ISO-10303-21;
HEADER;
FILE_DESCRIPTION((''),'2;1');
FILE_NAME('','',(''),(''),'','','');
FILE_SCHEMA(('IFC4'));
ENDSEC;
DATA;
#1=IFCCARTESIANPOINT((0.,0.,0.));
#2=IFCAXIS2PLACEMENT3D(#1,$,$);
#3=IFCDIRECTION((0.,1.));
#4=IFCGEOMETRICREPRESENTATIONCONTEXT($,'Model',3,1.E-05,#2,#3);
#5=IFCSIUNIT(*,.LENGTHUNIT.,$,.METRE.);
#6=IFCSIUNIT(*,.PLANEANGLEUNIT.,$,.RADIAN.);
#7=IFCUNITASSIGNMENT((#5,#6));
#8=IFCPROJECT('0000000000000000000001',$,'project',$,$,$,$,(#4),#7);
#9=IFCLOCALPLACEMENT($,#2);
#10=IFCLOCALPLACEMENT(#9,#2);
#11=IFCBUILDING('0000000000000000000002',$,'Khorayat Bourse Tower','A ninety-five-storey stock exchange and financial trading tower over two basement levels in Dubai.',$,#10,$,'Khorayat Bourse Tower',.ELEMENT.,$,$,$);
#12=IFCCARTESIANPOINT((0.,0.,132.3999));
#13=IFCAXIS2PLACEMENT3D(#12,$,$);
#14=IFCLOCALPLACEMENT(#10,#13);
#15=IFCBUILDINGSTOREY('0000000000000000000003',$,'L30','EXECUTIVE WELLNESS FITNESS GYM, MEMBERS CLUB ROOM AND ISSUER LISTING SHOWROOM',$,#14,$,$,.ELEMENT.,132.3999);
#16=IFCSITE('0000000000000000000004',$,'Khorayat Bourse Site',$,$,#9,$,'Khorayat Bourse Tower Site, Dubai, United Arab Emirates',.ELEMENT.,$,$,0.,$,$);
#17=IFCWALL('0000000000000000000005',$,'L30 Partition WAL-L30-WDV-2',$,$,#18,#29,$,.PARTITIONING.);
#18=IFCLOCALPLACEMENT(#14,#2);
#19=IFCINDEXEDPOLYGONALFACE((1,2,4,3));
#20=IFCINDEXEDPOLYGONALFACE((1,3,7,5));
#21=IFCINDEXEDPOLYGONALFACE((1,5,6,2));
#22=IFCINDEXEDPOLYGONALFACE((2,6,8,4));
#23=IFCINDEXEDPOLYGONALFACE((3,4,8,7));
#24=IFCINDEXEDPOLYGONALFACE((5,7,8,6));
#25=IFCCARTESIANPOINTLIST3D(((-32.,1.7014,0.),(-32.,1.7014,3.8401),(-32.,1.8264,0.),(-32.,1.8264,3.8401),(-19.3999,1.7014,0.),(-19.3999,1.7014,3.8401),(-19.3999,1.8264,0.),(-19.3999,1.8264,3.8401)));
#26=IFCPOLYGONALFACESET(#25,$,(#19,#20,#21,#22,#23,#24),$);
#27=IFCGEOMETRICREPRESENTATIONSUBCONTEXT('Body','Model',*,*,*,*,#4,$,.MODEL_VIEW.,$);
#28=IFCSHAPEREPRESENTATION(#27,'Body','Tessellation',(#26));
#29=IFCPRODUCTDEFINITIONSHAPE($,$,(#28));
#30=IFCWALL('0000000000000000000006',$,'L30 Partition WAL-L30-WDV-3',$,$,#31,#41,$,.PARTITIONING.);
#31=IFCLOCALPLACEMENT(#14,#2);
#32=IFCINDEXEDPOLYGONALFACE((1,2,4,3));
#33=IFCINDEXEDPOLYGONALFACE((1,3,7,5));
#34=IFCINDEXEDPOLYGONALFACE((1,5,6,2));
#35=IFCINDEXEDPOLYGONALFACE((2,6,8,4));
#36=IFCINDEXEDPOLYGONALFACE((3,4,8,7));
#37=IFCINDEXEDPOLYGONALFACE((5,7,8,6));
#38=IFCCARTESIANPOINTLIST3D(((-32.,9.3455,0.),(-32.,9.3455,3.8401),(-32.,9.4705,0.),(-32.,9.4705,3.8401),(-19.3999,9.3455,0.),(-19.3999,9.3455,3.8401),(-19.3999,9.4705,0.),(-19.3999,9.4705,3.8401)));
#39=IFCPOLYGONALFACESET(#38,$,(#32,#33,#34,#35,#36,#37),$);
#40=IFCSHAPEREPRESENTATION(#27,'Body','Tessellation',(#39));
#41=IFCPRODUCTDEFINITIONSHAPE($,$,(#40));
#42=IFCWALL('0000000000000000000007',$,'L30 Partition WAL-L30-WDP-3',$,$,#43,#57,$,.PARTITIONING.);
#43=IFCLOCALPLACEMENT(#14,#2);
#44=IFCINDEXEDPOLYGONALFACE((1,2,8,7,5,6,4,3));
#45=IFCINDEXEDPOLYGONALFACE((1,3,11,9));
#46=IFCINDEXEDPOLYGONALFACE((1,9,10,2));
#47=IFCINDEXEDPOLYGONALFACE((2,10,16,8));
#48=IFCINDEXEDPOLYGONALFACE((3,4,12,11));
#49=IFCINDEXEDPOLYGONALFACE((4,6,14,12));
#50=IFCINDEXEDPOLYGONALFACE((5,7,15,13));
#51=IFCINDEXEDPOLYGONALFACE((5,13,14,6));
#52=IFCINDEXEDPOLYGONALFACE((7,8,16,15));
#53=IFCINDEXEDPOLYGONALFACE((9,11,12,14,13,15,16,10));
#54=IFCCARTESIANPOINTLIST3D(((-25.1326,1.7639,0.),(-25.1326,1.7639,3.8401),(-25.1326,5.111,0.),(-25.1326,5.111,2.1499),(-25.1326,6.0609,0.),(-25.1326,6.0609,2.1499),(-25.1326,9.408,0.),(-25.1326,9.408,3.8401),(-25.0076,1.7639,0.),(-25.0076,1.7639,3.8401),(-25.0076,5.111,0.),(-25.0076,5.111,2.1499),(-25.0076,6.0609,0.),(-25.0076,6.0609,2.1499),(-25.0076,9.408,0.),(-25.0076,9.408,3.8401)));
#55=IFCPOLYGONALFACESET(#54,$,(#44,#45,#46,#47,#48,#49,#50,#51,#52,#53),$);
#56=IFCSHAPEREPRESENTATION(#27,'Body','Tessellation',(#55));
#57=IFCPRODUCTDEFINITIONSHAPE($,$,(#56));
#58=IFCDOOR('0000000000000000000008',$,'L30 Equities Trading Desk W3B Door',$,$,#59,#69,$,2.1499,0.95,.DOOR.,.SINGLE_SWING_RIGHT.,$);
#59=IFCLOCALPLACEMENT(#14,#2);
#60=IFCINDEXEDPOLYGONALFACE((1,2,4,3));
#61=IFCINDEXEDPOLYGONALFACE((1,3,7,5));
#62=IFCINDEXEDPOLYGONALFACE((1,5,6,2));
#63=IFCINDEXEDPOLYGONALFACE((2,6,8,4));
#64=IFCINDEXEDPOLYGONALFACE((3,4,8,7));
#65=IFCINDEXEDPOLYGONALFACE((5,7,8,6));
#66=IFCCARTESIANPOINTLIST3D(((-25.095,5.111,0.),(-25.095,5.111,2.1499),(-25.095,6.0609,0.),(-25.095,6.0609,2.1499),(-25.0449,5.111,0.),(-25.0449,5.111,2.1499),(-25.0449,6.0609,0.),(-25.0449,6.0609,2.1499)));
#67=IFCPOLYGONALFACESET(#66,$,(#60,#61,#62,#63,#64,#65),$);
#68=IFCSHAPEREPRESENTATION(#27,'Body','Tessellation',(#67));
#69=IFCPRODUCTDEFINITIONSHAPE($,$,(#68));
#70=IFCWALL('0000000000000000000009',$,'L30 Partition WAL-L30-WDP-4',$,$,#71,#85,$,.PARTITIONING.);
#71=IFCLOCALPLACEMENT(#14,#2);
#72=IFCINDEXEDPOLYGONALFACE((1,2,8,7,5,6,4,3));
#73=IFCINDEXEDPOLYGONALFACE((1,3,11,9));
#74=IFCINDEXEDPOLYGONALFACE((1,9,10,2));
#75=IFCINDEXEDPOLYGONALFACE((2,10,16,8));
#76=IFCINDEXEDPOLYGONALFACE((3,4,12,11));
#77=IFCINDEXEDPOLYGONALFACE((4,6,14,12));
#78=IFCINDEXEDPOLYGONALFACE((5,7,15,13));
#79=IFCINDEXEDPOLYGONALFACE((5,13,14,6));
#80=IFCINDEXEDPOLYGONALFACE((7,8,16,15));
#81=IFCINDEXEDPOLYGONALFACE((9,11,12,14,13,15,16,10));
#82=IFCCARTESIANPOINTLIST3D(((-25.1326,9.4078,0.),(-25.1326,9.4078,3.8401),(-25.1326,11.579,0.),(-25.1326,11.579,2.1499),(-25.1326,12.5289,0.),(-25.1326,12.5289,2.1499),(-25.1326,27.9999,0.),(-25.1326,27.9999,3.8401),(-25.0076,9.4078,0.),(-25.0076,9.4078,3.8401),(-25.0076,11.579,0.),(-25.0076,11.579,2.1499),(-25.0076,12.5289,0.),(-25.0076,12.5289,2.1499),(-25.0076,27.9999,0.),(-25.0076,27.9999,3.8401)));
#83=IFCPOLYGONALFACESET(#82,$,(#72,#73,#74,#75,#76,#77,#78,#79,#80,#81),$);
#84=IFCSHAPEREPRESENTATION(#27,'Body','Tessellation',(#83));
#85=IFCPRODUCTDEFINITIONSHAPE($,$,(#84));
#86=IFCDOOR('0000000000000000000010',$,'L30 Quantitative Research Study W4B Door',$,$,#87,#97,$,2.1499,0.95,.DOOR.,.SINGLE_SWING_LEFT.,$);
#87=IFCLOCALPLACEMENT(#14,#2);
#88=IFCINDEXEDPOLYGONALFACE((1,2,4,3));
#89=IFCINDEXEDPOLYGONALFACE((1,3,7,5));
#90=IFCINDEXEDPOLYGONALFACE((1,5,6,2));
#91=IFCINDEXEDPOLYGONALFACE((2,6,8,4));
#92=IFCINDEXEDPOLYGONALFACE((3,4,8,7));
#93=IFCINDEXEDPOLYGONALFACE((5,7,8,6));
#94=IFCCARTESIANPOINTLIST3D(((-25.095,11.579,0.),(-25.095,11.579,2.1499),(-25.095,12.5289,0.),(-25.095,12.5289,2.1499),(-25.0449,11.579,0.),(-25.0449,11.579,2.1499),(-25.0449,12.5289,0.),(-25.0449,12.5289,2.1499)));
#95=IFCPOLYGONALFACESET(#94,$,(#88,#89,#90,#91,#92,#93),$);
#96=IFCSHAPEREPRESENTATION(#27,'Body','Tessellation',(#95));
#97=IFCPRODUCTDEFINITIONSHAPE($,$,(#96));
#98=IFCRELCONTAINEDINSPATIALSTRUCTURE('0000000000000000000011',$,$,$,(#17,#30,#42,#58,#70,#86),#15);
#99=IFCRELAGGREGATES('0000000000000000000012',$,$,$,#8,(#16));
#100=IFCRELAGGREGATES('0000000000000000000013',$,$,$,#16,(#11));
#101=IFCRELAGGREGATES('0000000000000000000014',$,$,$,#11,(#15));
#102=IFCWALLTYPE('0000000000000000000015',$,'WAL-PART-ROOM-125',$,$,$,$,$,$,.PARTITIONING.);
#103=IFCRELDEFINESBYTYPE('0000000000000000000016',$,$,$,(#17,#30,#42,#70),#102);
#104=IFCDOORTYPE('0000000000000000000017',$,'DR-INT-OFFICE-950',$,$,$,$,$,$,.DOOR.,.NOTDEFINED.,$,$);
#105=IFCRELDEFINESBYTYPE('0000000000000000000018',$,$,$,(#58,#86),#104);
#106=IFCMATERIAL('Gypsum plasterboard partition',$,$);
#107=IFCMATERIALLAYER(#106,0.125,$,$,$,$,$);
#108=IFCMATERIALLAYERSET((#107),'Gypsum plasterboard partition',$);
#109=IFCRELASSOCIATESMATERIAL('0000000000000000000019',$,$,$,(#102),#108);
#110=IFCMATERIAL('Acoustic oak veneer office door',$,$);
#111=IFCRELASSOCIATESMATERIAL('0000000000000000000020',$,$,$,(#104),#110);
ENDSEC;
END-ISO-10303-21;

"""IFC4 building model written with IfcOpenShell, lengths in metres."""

from ifc_helpers import new_model, si_unit, direction, frame, frame_2d, origin, place, context, subcontext, project, spatial, rectangle, extrude, source, transform, mapped, material, layer, layer_set, type_object, element, fill, save


model = new_model("IFC4")

# Units and contexts
model_context = context("Model", 3, precision=1e-05, world=origin(), true_north=direction((0.0, 1.0)))
body_context = subcontext(model_context, "Body", "Model", "MODEL_VIEW")
ifc_project = project(units=[si_unit("LENGTHUNIT", "METRE"), si_unit("PLANEANGLEUNIT", "RADIAN")], contexts=[model_context])

# Site, building, storey
site_placement = place(None, origin())
site = spatial("IfcSite", under=ifc_project, at=site_placement, Name="Khorayat Bourse Site", LongName="Khorayat Bourse Tower Site, Dubai, United Arab Emirates", CompositionType="ELEMENT", RefElevation=0.0)
building_placement = place(site_placement, origin())
building = spatial("IfcBuilding", under=site, at=building_placement, Name="Khorayat Bourse Tower", Description="A ninety-five-storey stock exchange and financial trading tower over two basement levels in Dubai.", LongName="Khorayat Bourse Tower", CompositionType="ELEMENT")
storey_placement = place(building_placement, frame((0.0, 0.0, 132.3999)))
storey = spatial("IfcBuildingStorey", under=building, at=storey_placement, Name="L30", Description="EXECUTIVE WELLNESS FITNESS GYM, MEMBERS CLUB ROOM AND ISSUER LISTING SHOWROOM", CompositionType="ELEMENT", Elevation=132.3999)

# Walls
ifc_material_1 = material(Name="Gypsum plasterboard partition")
ifc_layer_1 = layer(ifc_material_1, 0.125)
ifc_layer_set_1 = layer_set([ifc_layer_1], Name="Gypsum plasterboard partition")
wall_type_1 = type_object("IfcWallType", Name="WAL-PART-ROOM-125", PredefinedType="PARTITIONING", material=ifc_layer_set_1)
shared_shape_1 = source(origin(), body_context, "Body", "SweptSolid", [
    extrude(rectangle(XDim=12.6001, YDim=0.125, at=frame_2d((6.3, 0.0))), origin(), (0.0, 0.0, 1.0), 3.8401),
])
for number, where, z_axis, x_axis, name in (
    (1, (-32.0, 1.7639, 0.0), (0.0, 0.0, 1.0), (1.0, 0.0, 0.0), "L30 Partition WAL-L30-WDV-2"),
    (2, (-32.0, 9.408, 0.0), (0.0, 0.0, 1.0), (1.0, 0.0, 0.0), "L30 Partition WAL-L30-WDV-3"),
):
    element("IfcWall", number, at=place(storey_placement, frame(where, z_axis=z_axis, x_axis=x_axis)), inside=storey, type_object=wall_type_1, Name=name, PredefinedType="PARTITIONING", context=body_context, shape_type="MappedRepresentation", body=[
        mapped(shared_shape_1, transform((0.0, 0.0, 0.0), scale=1.0)),
    ])

# Walls, openings, doors
shared_shape_2 = source(origin(), body_context, "Body", "SweptSolid", [
    extrude(rectangle(XDim=7.644, YDim=0.125, at=frame_2d((3.822, 0.0))), origin(), (0.0, 0.0, 1.0), 3.8401),
])
wall_1_placement = place(storey_placement, frame((-25.0701, 1.7639, 0.0), z_axis=(0.0, 0.0, 1.0), x_axis=(0.0, 1.0, 0.0)))
wall_1 = element("IfcWall", 3, at=wall_1_placement, inside=storey, type_object=wall_type_1, Name="L30 Partition WAL-L30-WDP-3", PredefinedType="PARTITIONING", context=body_context, shape_type="MappedRepresentation", body=[
    mapped(shared_shape_2, transform((0.0, 0.0, 0.0), scale=1.0)),
])
shared_shape_3 = source(origin(), body_context, "Body", "SweptSolid", [
    extrude(rectangle(XDim=0.95, YDim=2.1499, at=frame_2d((0.4751, 1.075))), frame((0.0, 0.0725, 0.0), z_axis=(0.0, -1.0, 0.0), x_axis=(1.0, 0.0, 0.0)), (0.0, 0.0, 1.0), 0.145),
])
opening_1_placement = place(wall_1_placement, frame((3.3469, 0.0, 0.0)))
opening_1 = element("IfcOpeningElement", 4, at=opening_1_placement, cuts=wall_1, PredefinedType="OPENING", context=body_context, shape_type="MappedRepresentation", body=[
    mapped(shared_shape_3, transform((0.0, 0.0, 0.0), scale=1.0)),
])
ifc_material_2 = material(Name="Acoustic oak veneer office door")
door_type = type_object("IfcDoorType", Name="DR-INT-OFFICE-950", OperationType="NOTDEFINED", PredefinedType="DOOR", material=ifc_material_2)
shared_shape_4 = source(origin(), body_context, "Body", "SweptSolid", [
    extrude(rectangle(XDim=0.95, YDim=2.1499, at=frame_2d((0.4751, 1.075))), frame((0.0, 0.0249, 0.0), z_axis=(0.0, -1.0, 0.0), x_axis=(1.0, 0.0, 0.0)), (0.0, 0.0, 1.0), 0.05),
])
door_1_placement = place(opening_1_placement, origin())
door_1 = element("IfcDoor", 5, at=door_1_placement, inside=storey, type_object=door_type, Name="L30 Equities Trading Desk W3B Door", OperationType="SINGLE_SWING_RIGHT", OverallHeight=2.1499, OverallWidth=0.95, PredefinedType="DOOR", context=body_context, shape_type="MappedRepresentation", body=[
    mapped(shared_shape_4, transform((0.0, 0.0, 0.0), scale=1.0)),
])
fill(opening_1, door_1)
shared_shape_5 = source(origin(), body_context, "Body", "SweptSolid", [
    extrude(rectangle(XDim=18.592, YDim=0.125, at=frame_2d((9.2959, 0.0))), origin(), (0.0, 0.0, 1.0), 3.8401),
])
wall_2_placement = place(storey_placement, frame((-25.0701, 9.408, 0.0), z_axis=(0.0, 0.0, 1.0), x_axis=(0.0, 1.0, 0.0)))
wall_2 = element("IfcWall", 6, at=wall_2_placement, inside=storey, type_object=wall_type_1, Name="L30 Partition WAL-L30-WDP-4", PredefinedType="PARTITIONING", context=body_context, shape_type="MappedRepresentation", body=[
    mapped(shared_shape_5, transform((0.0, 0.0, 0.0), scale=1.0)),
])
opening_2_placement = place(wall_2_placement, frame((2.1709, 0.0, 0.0)))
opening_2 = element("IfcOpeningElement", 7, at=opening_2_placement, cuts=wall_2, PredefinedType="OPENING", context=body_context, shape_type="MappedRepresentation", body=[
    mapped(shared_shape_3, transform((0.0, 0.0, 0.0), scale=1.0)),
])
door_2_placement = place(opening_2_placement, origin())
door_2 = element("IfcDoor", 8, at=door_2_placement, inside=storey, type_object=door_type, Name="L30 Quantitative Research Study W4B Door", OperationType="SINGLE_SWING_LEFT", OverallHeight=2.1499, OverallWidth=0.95, PredefinedType="DOOR", context=body_context, shape_type="MappedRepresentation", body=[
    mapped(shared_shape_4, transform((0.0, 0.0, 0.0), scale=1.0)),
])
fill(opening_2, door_2)

save(model, "model.ifc")
